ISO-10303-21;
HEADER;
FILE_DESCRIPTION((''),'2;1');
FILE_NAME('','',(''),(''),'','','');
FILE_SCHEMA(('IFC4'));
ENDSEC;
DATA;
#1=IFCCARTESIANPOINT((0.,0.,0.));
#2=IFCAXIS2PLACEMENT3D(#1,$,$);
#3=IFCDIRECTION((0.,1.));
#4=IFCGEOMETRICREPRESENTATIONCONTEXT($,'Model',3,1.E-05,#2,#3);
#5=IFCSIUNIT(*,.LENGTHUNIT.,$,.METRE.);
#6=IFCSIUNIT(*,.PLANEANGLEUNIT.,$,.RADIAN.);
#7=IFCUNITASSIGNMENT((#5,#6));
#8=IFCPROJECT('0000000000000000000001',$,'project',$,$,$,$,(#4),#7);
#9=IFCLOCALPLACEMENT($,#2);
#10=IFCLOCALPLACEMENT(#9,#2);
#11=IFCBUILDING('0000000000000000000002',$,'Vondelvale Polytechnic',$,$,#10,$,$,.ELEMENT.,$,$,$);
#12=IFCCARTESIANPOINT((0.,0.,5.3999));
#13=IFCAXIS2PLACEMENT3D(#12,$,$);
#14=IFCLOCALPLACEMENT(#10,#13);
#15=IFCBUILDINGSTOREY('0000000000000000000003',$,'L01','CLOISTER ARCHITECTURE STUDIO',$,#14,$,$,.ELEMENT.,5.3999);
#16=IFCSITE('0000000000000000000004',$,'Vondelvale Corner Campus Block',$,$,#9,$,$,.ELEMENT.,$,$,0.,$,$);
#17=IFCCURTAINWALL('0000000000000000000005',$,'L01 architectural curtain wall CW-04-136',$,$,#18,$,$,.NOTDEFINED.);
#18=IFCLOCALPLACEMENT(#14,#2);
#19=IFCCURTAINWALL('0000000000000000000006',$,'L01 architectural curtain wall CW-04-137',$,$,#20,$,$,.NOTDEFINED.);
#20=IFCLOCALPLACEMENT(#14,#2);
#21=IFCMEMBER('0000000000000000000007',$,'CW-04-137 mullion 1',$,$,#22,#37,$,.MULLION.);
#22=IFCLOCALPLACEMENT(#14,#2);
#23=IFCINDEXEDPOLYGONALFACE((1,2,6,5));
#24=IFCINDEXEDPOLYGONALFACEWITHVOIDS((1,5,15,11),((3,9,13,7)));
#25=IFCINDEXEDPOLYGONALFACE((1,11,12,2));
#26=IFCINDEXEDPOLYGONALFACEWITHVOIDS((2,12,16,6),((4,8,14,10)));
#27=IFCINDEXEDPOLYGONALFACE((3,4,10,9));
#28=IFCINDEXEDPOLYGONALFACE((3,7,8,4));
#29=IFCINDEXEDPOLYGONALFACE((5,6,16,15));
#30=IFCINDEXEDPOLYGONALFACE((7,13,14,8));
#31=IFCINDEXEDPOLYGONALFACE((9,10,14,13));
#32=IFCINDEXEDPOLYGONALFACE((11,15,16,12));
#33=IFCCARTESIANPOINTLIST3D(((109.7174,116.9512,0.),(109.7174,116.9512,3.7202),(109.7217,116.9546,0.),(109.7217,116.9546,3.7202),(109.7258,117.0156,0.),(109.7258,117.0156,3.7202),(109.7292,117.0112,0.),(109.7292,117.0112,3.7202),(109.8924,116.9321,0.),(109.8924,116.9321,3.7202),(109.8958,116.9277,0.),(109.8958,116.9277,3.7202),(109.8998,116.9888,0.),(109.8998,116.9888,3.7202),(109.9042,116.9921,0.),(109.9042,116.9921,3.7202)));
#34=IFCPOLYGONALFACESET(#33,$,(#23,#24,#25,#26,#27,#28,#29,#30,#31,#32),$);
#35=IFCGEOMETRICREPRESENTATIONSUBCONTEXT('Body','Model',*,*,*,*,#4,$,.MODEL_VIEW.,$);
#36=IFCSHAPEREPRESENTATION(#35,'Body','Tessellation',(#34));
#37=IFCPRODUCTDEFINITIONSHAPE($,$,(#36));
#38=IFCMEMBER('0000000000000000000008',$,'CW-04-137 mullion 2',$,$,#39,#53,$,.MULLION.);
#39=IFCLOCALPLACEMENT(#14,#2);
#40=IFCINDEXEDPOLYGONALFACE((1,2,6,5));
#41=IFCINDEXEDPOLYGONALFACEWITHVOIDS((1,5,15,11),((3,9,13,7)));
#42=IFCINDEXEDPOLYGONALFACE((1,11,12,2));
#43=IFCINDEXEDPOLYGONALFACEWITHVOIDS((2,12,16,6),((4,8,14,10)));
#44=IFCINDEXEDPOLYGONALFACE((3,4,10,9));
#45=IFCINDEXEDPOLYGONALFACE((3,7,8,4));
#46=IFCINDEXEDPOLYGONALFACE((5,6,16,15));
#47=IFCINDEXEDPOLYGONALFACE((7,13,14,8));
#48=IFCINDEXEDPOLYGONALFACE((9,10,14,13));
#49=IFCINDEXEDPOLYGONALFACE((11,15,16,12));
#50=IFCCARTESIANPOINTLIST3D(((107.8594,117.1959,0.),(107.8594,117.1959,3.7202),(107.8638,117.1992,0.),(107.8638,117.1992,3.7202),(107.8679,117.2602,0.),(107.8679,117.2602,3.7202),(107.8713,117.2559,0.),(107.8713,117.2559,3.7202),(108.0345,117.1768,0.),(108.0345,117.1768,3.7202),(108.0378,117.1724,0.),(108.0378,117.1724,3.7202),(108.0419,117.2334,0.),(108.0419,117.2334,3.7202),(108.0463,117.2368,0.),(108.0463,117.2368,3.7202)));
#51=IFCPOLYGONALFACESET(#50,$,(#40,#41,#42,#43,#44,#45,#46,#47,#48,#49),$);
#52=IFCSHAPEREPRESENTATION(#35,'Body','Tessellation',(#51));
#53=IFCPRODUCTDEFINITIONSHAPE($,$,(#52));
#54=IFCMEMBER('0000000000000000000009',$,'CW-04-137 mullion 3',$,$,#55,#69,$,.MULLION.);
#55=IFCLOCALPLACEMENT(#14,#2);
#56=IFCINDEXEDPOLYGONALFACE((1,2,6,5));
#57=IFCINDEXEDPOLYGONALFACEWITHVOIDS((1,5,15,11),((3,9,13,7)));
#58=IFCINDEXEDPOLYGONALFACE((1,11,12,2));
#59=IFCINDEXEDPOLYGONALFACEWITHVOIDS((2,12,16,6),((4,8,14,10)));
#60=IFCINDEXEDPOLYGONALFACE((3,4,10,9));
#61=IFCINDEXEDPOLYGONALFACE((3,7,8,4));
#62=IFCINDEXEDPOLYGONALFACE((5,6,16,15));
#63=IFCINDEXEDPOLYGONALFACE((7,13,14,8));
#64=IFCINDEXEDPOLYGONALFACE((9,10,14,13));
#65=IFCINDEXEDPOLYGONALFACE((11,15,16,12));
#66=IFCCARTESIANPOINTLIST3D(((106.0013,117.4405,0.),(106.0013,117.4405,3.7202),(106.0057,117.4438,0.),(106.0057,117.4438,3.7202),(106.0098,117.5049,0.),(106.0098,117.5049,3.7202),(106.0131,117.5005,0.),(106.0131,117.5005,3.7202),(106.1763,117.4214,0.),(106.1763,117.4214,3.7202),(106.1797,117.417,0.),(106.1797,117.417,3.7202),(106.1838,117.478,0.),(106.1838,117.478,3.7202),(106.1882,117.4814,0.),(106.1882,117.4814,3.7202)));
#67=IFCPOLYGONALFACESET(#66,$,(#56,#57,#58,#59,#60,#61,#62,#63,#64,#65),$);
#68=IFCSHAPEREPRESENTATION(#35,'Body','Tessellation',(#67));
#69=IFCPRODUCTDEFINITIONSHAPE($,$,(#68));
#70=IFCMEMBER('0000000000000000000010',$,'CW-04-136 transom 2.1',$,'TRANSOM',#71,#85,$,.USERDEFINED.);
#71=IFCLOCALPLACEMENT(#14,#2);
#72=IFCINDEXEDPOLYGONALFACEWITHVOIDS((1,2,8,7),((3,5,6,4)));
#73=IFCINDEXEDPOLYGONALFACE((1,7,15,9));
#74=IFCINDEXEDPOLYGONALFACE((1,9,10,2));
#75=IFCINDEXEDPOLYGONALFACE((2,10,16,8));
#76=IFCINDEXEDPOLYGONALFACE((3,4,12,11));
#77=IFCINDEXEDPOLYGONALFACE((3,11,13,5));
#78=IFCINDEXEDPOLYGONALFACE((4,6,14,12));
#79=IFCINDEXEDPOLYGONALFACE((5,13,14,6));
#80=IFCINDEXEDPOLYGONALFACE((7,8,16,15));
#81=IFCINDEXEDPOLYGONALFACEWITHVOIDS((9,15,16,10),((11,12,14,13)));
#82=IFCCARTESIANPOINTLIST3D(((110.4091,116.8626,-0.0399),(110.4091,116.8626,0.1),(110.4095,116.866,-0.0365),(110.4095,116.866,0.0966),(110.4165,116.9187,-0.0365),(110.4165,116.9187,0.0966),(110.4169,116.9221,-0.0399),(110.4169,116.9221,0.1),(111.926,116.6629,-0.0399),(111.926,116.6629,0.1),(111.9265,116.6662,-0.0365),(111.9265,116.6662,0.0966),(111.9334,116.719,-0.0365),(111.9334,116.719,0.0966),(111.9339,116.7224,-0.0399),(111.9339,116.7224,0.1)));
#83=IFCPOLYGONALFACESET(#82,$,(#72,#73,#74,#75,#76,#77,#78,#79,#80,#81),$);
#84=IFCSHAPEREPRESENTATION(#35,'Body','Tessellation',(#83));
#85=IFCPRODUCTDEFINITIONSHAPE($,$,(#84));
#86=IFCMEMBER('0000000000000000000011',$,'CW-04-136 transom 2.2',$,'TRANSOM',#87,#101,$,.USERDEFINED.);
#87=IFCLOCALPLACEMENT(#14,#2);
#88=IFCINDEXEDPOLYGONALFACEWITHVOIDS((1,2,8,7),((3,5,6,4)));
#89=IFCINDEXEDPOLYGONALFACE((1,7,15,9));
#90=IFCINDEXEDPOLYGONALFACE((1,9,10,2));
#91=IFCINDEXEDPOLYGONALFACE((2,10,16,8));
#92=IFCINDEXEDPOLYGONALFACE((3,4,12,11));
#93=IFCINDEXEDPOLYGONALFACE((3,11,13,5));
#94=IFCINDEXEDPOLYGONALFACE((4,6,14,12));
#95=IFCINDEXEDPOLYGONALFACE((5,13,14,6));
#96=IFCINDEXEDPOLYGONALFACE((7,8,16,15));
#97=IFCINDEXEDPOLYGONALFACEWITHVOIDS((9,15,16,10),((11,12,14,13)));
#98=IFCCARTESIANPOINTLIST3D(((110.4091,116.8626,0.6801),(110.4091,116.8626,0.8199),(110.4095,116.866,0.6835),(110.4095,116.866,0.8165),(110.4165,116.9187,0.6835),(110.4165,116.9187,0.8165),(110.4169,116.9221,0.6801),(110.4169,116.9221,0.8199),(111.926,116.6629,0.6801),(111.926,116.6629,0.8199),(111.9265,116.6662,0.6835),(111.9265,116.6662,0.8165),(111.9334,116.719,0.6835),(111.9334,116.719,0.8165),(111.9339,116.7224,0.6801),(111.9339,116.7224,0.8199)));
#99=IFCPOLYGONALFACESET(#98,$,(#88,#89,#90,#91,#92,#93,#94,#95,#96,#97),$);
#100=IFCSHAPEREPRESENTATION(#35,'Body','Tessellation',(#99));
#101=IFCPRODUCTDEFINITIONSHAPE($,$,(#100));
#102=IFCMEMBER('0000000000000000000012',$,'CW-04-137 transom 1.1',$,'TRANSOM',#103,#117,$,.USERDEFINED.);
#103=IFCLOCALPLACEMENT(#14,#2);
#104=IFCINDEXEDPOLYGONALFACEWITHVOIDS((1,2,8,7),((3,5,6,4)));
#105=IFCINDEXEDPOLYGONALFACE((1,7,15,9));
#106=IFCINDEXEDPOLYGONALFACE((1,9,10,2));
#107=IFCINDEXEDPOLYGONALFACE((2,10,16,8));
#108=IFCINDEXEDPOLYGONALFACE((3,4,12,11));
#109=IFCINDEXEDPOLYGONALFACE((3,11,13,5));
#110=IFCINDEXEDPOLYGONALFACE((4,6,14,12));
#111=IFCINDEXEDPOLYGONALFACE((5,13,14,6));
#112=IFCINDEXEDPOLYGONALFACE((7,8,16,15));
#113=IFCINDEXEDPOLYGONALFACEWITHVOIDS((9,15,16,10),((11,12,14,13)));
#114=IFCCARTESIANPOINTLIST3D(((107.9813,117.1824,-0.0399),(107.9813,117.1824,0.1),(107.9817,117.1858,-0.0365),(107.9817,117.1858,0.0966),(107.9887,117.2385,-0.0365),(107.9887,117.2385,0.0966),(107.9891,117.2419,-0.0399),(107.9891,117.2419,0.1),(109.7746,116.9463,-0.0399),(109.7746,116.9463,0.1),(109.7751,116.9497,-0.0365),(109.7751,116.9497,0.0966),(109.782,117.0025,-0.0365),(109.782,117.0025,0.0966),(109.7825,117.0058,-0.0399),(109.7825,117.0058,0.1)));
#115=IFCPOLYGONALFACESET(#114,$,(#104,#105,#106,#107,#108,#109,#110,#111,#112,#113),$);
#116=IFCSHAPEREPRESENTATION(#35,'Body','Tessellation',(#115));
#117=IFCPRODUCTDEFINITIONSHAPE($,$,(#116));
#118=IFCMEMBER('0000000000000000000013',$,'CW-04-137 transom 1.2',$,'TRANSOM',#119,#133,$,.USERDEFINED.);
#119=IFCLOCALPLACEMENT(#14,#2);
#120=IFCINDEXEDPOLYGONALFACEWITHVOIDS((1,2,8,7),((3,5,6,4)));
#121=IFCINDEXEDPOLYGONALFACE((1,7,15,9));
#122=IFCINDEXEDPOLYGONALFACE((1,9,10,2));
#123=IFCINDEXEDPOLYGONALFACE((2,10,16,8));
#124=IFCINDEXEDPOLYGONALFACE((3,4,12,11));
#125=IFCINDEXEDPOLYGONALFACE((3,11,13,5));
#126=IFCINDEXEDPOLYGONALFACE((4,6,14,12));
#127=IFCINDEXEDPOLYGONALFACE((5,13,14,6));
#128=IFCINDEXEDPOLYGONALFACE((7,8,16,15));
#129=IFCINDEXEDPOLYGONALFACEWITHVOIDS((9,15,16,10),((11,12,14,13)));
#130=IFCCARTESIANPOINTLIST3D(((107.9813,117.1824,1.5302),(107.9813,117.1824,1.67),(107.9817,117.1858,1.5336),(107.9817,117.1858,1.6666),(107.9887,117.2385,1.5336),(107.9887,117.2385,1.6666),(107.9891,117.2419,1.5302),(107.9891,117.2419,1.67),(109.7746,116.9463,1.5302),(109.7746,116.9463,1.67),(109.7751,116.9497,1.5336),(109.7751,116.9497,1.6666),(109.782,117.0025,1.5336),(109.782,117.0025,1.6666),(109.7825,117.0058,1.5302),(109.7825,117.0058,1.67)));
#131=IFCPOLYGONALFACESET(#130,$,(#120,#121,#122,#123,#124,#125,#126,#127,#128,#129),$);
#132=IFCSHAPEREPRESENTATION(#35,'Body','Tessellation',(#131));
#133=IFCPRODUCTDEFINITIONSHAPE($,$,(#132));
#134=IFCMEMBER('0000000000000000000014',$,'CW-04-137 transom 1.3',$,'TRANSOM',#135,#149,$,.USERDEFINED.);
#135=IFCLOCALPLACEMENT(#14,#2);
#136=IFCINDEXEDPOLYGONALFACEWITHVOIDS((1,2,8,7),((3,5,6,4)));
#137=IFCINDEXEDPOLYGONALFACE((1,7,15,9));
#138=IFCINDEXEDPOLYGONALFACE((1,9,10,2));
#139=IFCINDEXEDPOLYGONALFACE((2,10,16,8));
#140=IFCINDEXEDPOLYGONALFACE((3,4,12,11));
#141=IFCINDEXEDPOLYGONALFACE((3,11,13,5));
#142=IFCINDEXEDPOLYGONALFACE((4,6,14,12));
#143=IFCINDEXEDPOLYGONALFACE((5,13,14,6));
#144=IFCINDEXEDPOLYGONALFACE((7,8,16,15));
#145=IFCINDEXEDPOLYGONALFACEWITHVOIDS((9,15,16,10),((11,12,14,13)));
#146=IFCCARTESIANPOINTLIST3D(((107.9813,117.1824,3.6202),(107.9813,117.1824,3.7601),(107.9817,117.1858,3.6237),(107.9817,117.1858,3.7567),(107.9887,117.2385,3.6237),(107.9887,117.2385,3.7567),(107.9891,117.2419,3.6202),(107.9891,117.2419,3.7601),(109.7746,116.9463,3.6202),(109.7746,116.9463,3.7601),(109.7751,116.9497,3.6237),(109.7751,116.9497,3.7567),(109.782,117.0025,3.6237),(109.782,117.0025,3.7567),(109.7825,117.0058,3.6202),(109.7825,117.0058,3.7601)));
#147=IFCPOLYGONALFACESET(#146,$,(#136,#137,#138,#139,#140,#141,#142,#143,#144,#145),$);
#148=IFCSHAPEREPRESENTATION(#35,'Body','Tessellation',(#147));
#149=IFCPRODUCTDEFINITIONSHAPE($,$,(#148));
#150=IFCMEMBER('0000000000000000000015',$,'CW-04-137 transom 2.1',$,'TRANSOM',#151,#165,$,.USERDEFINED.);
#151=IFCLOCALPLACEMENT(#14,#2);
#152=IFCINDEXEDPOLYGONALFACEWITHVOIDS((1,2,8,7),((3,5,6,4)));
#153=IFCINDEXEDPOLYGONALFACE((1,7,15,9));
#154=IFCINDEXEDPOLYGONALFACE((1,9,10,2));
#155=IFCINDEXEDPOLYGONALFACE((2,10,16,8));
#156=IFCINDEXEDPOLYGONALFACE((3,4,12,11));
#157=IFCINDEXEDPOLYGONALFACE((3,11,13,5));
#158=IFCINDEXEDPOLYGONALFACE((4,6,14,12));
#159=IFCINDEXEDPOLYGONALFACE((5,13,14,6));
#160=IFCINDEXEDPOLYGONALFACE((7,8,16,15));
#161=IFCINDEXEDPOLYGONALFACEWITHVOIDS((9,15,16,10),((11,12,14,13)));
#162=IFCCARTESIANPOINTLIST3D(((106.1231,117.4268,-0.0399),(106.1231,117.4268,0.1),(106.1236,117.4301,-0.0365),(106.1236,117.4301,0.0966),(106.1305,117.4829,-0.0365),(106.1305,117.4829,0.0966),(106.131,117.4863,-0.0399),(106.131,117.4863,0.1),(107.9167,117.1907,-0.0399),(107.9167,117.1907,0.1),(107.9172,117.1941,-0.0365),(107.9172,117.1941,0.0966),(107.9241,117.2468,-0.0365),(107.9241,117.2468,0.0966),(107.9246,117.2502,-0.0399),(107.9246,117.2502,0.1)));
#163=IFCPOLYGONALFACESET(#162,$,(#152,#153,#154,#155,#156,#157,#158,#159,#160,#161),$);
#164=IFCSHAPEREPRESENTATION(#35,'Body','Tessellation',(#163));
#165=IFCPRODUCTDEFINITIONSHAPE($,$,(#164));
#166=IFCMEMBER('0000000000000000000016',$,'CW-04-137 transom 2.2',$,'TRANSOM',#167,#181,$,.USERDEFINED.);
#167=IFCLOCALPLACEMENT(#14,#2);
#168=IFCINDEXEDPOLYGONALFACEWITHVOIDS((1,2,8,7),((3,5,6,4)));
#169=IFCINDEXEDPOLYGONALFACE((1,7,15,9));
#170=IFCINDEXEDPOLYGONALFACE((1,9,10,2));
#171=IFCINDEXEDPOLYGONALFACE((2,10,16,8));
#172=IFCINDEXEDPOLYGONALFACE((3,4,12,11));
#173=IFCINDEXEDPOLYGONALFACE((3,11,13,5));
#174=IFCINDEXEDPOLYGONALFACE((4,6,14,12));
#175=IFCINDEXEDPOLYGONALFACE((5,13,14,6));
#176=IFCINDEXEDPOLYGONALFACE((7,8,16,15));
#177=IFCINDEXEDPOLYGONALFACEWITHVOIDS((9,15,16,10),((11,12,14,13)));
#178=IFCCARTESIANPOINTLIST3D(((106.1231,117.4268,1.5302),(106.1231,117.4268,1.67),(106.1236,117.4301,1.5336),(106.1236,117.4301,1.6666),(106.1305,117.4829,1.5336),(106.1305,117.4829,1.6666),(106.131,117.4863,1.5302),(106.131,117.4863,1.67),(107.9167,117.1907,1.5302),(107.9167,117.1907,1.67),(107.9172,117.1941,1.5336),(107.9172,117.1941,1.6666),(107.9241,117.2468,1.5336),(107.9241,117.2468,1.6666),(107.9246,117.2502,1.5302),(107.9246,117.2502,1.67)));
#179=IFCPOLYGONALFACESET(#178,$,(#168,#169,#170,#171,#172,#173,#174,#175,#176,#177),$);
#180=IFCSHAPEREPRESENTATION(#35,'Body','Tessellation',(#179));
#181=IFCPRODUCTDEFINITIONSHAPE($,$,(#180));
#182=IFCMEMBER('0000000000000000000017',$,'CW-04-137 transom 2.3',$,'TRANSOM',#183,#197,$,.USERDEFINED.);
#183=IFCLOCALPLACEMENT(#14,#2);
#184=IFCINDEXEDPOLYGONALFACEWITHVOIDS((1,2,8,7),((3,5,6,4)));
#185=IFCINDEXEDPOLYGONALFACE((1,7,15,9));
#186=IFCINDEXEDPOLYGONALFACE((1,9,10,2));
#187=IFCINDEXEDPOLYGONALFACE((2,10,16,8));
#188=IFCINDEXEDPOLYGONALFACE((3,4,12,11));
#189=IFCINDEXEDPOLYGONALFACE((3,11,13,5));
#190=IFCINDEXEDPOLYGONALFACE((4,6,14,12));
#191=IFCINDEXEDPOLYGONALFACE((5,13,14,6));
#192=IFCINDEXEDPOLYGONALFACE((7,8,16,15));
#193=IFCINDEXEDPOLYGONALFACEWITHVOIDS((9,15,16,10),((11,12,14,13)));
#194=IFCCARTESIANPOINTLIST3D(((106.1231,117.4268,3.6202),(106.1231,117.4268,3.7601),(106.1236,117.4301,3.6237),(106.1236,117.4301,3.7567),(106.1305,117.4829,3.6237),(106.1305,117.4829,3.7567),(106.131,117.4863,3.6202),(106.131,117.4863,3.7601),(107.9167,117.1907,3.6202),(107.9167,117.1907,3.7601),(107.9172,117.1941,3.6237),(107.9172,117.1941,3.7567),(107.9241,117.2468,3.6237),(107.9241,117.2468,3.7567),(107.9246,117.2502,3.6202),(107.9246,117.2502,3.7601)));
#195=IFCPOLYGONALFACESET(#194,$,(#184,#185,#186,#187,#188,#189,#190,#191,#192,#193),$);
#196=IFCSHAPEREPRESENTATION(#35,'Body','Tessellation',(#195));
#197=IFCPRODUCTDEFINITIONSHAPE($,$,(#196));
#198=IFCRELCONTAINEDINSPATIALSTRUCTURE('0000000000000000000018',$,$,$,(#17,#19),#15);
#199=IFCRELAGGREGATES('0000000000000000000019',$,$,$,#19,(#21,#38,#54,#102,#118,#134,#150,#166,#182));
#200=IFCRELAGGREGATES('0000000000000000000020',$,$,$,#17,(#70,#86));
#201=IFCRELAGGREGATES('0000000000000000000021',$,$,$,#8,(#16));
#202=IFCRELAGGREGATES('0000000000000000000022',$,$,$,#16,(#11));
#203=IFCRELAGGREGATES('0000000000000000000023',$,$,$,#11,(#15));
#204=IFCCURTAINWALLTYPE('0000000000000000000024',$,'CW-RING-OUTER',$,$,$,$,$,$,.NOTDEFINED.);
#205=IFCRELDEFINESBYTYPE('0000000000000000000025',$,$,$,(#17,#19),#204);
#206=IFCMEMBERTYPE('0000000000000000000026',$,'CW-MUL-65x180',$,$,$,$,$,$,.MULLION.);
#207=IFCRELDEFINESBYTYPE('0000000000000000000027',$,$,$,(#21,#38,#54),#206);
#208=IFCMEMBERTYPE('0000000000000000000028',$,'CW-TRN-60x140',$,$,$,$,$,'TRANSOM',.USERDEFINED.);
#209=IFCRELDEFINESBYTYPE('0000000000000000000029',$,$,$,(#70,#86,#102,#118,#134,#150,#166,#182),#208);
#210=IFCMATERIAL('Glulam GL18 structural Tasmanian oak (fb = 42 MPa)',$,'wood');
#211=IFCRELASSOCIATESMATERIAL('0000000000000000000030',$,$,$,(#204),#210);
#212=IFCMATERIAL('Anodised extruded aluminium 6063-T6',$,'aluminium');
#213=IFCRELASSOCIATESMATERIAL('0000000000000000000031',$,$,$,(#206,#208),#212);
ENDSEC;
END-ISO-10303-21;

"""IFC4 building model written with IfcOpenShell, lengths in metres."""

from ifc_helpers import new_model, si_unit, direction, frame, origin, origin_2d, place, context, subcontext, project, spatial, hollow_rectangle, extrude, material, material_profile, profile_set, type_object, element, aggregate, save


model = new_model("IFC4")

# Units and contexts
model_context = context("Model", 3, precision=1e-05, world=origin(), true_north=direction((0.0, 1.0)))
body_context = subcontext(model_context, "Body", "Model", "MODEL_VIEW")
ifc_project = project(units=[si_unit("LENGTHUNIT", "METRE"), si_unit("PLANEANGLEUNIT", "RADIAN")], contexts=[model_context])

# Site, building, storey
site_placement = place(None, origin())
site = spatial("IfcSite", under=ifc_project, at=site_placement, Name="Vondelvale Corner Campus Block", CompositionType="ELEMENT", RefElevation=0.0)
building_placement = place(site_placement, origin())
building = spatial("IfcBuilding", under=site, at=building_placement, Name="Vondelvale Polytechnic", CompositionType="ELEMENT")
storey_placement = place(building_placement, frame((0.0, 0.0, 5.3999)))
storey = spatial("IfcBuildingStorey", under=building, at=storey_placement, Name="L01", Description="CLOISTER ARCHITECTURE STUDIO", CompositionType="ELEMENT", Elevation=5.3999)

# Shared definitions
ifc_material_1 = material(Name="Glulam GL18 structural Tasmanian oak (fb = 42 MPa)", Category="wood")

# Curtain wall
curtain_wall_type = type_object("IfcCurtainWallType", Name="CW-RING-OUTER", PredefinedType="NOTDEFINED", material=ifc_material_1)
curtain_wall_1_placement = place(storey_placement, origin())
curtain_wall_1 = element("IfcCurtainWall", 1, at=curtain_wall_1_placement, inside=storey, type_object=curtain_wall_type, Name="L01 architectural curtain wall CW-04-136", PredefinedType="NOTDEFINED")
ifc_material_2 = material(Name="Anodised extruded aluminium 6063-T6", Category="aluminium")
ifc_material_profile_1 = material_profile(ifc_material_2, hollow_rectangle(XDim=0.0649, YDim=0.1799, WallThickness=0.0039, at=origin_2d()), Name="CW-MUL-180x65")
ifc_profile_set_1 = profile_set([ifc_material_profile_1], Name="Anodised extruded aluminium 6063-T6")
member_type_1 = type_object("IfcMemberType", Name="CW-MUL-65x180", PredefinedType="MULLION", material=ifc_profile_set_1)

# Curtain wall, members
curtain_wall_2_placement = place(storey_placement, origin())
curtain_wall_2 = element("IfcCurtainWall", 2, at=curtain_wall_2_placement, inside=storey, type_object=curtain_wall_type, Name="L01 architectural curtain wall CW-04-137", PredefinedType="NOTDEFINED")
member_1_placement = place(storey_placement, frame((109.8108, 116.9717, 0.0), z_axis=(0.0, 0.0, 1.0), x_axis=(-0.130497, -0.991449, 0.0)))
member_1 = element("IfcMember", 3, at=member_1_placement, type_object=member_type_1, Name="CW-04-137 mullion 1", PredefinedType="MULLION", context=body_context, shape_type="SweptSolid", body=[
    extrude(hollow_rectangle(XDim=0.0649, YDim=0.1799, WallThickness=0.0039, at=origin_2d()), origin(), (0.0, 0.0, 1.0), 3.7202),
])
member_2_placement = place(storey_placement, frame((107.9529, 117.2163, 0.0), z_axis=(0.0, 0.0, 1.0), x_axis=(-0.130497, -0.991449, 0.0)))
member_2 = element("IfcMember", 4, at=member_2_placement, type_object=member_type_1, Name="CW-04-137 mullion 2", PredefinedType="MULLION", context=body_context, shape_type="SweptSolid", body=[
    extrude(hollow_rectangle(XDim=0.0649, YDim=0.1799, WallThickness=0.0039, at=origin_2d()), origin(), (0.0, 0.0, 1.0), 3.7202),
])
member_3_placement = place(storey_placement, frame((106.0947, 117.4609, 0.0), z_axis=(0.0, 0.0, 1.0), x_axis=(-0.130497, -0.991449, 0.0)))
member_3 = element("IfcMember", 5, at=member_3_placement, type_object=member_type_1, Name="CW-04-137 mullion 3", PredefinedType="MULLION", context=body_context, shape_type="SweptSolid", body=[
    extrude(hollow_rectangle(XDim=0.0649, YDim=0.1799, WallThickness=0.0039, at=origin_2d()), origin(), (0.0, 0.0, 1.0), 3.7202),
])

# Members
ifc_material_profile_2 = material_profile(ifc_material_2, hollow_rectangle(XDim=0.0601, YDim=0.1399, WallThickness=0.0034, at=origin_2d()), Name="CW-TRN-140x60")
ifc_profile_set_2 = profile_set([ifc_material_profile_2], Name="Anodised extruded aluminium 6063-T6")
member_type_2 = type_object("IfcMemberType", Name="CW-TRN-60x140", ElementType="TRANSOM", PredefinedType="USERDEFINED", material=ifc_profile_set_2)
member_4_placement = place(storey_placement, frame((111.9299, 116.6926, 0.03), z_axis=(-0.991444, 0.130533, 0.0), x_axis=(-0.130533, -0.991444, 0.0)))
member_4 = element("IfcMember", 6, at=member_4_placement, type_object=member_type_2, Name="CW-04-136 transom 2.1", ObjectType="TRANSOM", PredefinedType="USERDEFINED", context=body_context, shape_type="SweptSolid", body=[
    extrude(hollow_rectangle(XDim=0.0601, YDim=0.1399, WallThickness=0.0034, at=origin_2d()), origin(), (0.0, 0.0, 1.0), 1.53),
])
member_5_placement = place(storey_placement, frame((111.9299, 116.6926, 0.75), z_axis=(-0.991444, 0.130533, 0.0), x_axis=(-0.130533, -0.991444, 0.0)))
member_5 = element("IfcMember", 7, at=member_5_placement, type_object=member_type_2, Name="CW-04-136 transom 2.2", ObjectType="TRANSOM", PredefinedType="USERDEFINED", context=body_context, shape_type="SweptSolid", body=[
    extrude(hollow_rectangle(XDim=0.0601, YDim=0.1399, WallThickness=0.0034, at=origin_2d()), origin(), (0.0, 0.0, 1.0), 1.53),
])
member_6_placement = place(storey_placement, frame((109.7786, 116.9761, 0.03), z_axis=(-0.991447, 0.13051, 0.0), x_axis=(-0.13051, -0.991447, 0.0)))
member_6 = element("IfcMember", 8, at=member_6_placement, type_object=member_type_2, Name="CW-04-137 transom 1.1", ObjectType="TRANSOM", PredefinedType="USERDEFINED", context=body_context, shape_type="SweptSolid", body=[
    extrude(hollow_rectangle(XDim=0.0601, YDim=0.1399, WallThickness=0.0034, at=origin_2d()), origin(), (0.0, 0.0, 1.0), 1.8088),
])
member_7_placement = place(storey_placement, frame((109.7786, 116.9761, 1.6001), z_axis=(-0.991447, 0.13051, 0.0), x_axis=(-0.13051, -0.991447, 0.0)))
member_7 = element("IfcMember", 9, at=member_7_placement, type_object=member_type_2, Name="CW-04-137 transom 1.2", ObjectType="TRANSOM", PredefinedType="USERDEFINED", context=body_context, shape_type="SweptSolid", body=[
    extrude(hollow_rectangle(XDim=0.0601, YDim=0.1399, WallThickness=0.0034, at=origin_2d()), origin(), (0.0, 0.0, 1.0), 1.8088),
])
member_8_placement = place(storey_placement, frame((109.7786, 116.9761, 3.6902), z_axis=(-0.991447, 0.13051, 0.0), x_axis=(-0.13051, -0.991447, 0.0)))
member_8 = element("IfcMember", 10, at=member_8_placement, type_object=member_type_2, Name="CW-04-137 transom 1.3", ObjectType="TRANSOM", PredefinedType="USERDEFINED", context=body_context, shape_type="SweptSolid", body=[
    extrude(hollow_rectangle(XDim=0.0601, YDim=0.1399, WallThickness=0.0034, at=origin_2d()), origin(), (0.0, 0.0, 1.0), 1.8088),
])
member_9_placement = place(storey_placement, frame((107.9207, 117.2205, 0.03), z_axis=(-0.991449, 0.130493, 0.0), x_axis=(-0.130493, -0.991449, 0.0)))
member_9 = element("IfcMember", 11, at=member_9_placement, type_object=member_type_2, Name="CW-04-137 transom 2.1", ObjectType="TRANSOM", PredefinedType="USERDEFINED", context=body_context, shape_type="SweptSolid", body=[
    extrude(hollow_rectangle(XDim=0.0601, YDim=0.1399, WallThickness=0.0034, at=origin_2d()), origin(), (0.0, 0.0, 1.0), 1.8091),
])
member_10_placement = place(storey_placement, frame((107.9207, 117.2205, 1.6001), z_axis=(-0.991449, 0.130493, 0.0), x_axis=(-0.130493, -0.991449, 0.0)))
member_10 = element("IfcMember", 12, at=member_10_placement, type_object=member_type_2, Name="CW-04-137 transom 2.2", ObjectType="TRANSOM", PredefinedType="USERDEFINED", context=body_context, shape_type="SweptSolid", body=[
    extrude(hollow_rectangle(XDim=0.0601, YDim=0.1399, WallThickness=0.0034, at=origin_2d()), origin(), (0.0, 0.0, 1.0), 1.8091),
])
member_11_placement = place(storey_placement, frame((107.9207, 117.2205, 3.6902), z_axis=(-0.991449, 0.130493, 0.0), x_axis=(-0.130493, -0.991449, 0.0)))
member_11 = element("IfcMember", 13, at=member_11_placement, type_object=member_type_2, Name="CW-04-137 transom 2.3", ObjectType="TRANSOM", PredefinedType="USERDEFINED", context=body_context, shape_type="SweptSolid", body=[
    extrude(hollow_rectangle(XDim=0.0601, YDim=0.1399, WallThickness=0.0034, at=origin_2d()), origin(), (0.0, 0.0, 1.0), 1.8091),
])

aggregate(curtain_wall_2, [member_1, member_2, member_3, member_6, member_7, member_8, member_9, member_10, member_11])
aggregate(curtain_wall_1, [member_4, member_5])

save(model, "model.ifc")
